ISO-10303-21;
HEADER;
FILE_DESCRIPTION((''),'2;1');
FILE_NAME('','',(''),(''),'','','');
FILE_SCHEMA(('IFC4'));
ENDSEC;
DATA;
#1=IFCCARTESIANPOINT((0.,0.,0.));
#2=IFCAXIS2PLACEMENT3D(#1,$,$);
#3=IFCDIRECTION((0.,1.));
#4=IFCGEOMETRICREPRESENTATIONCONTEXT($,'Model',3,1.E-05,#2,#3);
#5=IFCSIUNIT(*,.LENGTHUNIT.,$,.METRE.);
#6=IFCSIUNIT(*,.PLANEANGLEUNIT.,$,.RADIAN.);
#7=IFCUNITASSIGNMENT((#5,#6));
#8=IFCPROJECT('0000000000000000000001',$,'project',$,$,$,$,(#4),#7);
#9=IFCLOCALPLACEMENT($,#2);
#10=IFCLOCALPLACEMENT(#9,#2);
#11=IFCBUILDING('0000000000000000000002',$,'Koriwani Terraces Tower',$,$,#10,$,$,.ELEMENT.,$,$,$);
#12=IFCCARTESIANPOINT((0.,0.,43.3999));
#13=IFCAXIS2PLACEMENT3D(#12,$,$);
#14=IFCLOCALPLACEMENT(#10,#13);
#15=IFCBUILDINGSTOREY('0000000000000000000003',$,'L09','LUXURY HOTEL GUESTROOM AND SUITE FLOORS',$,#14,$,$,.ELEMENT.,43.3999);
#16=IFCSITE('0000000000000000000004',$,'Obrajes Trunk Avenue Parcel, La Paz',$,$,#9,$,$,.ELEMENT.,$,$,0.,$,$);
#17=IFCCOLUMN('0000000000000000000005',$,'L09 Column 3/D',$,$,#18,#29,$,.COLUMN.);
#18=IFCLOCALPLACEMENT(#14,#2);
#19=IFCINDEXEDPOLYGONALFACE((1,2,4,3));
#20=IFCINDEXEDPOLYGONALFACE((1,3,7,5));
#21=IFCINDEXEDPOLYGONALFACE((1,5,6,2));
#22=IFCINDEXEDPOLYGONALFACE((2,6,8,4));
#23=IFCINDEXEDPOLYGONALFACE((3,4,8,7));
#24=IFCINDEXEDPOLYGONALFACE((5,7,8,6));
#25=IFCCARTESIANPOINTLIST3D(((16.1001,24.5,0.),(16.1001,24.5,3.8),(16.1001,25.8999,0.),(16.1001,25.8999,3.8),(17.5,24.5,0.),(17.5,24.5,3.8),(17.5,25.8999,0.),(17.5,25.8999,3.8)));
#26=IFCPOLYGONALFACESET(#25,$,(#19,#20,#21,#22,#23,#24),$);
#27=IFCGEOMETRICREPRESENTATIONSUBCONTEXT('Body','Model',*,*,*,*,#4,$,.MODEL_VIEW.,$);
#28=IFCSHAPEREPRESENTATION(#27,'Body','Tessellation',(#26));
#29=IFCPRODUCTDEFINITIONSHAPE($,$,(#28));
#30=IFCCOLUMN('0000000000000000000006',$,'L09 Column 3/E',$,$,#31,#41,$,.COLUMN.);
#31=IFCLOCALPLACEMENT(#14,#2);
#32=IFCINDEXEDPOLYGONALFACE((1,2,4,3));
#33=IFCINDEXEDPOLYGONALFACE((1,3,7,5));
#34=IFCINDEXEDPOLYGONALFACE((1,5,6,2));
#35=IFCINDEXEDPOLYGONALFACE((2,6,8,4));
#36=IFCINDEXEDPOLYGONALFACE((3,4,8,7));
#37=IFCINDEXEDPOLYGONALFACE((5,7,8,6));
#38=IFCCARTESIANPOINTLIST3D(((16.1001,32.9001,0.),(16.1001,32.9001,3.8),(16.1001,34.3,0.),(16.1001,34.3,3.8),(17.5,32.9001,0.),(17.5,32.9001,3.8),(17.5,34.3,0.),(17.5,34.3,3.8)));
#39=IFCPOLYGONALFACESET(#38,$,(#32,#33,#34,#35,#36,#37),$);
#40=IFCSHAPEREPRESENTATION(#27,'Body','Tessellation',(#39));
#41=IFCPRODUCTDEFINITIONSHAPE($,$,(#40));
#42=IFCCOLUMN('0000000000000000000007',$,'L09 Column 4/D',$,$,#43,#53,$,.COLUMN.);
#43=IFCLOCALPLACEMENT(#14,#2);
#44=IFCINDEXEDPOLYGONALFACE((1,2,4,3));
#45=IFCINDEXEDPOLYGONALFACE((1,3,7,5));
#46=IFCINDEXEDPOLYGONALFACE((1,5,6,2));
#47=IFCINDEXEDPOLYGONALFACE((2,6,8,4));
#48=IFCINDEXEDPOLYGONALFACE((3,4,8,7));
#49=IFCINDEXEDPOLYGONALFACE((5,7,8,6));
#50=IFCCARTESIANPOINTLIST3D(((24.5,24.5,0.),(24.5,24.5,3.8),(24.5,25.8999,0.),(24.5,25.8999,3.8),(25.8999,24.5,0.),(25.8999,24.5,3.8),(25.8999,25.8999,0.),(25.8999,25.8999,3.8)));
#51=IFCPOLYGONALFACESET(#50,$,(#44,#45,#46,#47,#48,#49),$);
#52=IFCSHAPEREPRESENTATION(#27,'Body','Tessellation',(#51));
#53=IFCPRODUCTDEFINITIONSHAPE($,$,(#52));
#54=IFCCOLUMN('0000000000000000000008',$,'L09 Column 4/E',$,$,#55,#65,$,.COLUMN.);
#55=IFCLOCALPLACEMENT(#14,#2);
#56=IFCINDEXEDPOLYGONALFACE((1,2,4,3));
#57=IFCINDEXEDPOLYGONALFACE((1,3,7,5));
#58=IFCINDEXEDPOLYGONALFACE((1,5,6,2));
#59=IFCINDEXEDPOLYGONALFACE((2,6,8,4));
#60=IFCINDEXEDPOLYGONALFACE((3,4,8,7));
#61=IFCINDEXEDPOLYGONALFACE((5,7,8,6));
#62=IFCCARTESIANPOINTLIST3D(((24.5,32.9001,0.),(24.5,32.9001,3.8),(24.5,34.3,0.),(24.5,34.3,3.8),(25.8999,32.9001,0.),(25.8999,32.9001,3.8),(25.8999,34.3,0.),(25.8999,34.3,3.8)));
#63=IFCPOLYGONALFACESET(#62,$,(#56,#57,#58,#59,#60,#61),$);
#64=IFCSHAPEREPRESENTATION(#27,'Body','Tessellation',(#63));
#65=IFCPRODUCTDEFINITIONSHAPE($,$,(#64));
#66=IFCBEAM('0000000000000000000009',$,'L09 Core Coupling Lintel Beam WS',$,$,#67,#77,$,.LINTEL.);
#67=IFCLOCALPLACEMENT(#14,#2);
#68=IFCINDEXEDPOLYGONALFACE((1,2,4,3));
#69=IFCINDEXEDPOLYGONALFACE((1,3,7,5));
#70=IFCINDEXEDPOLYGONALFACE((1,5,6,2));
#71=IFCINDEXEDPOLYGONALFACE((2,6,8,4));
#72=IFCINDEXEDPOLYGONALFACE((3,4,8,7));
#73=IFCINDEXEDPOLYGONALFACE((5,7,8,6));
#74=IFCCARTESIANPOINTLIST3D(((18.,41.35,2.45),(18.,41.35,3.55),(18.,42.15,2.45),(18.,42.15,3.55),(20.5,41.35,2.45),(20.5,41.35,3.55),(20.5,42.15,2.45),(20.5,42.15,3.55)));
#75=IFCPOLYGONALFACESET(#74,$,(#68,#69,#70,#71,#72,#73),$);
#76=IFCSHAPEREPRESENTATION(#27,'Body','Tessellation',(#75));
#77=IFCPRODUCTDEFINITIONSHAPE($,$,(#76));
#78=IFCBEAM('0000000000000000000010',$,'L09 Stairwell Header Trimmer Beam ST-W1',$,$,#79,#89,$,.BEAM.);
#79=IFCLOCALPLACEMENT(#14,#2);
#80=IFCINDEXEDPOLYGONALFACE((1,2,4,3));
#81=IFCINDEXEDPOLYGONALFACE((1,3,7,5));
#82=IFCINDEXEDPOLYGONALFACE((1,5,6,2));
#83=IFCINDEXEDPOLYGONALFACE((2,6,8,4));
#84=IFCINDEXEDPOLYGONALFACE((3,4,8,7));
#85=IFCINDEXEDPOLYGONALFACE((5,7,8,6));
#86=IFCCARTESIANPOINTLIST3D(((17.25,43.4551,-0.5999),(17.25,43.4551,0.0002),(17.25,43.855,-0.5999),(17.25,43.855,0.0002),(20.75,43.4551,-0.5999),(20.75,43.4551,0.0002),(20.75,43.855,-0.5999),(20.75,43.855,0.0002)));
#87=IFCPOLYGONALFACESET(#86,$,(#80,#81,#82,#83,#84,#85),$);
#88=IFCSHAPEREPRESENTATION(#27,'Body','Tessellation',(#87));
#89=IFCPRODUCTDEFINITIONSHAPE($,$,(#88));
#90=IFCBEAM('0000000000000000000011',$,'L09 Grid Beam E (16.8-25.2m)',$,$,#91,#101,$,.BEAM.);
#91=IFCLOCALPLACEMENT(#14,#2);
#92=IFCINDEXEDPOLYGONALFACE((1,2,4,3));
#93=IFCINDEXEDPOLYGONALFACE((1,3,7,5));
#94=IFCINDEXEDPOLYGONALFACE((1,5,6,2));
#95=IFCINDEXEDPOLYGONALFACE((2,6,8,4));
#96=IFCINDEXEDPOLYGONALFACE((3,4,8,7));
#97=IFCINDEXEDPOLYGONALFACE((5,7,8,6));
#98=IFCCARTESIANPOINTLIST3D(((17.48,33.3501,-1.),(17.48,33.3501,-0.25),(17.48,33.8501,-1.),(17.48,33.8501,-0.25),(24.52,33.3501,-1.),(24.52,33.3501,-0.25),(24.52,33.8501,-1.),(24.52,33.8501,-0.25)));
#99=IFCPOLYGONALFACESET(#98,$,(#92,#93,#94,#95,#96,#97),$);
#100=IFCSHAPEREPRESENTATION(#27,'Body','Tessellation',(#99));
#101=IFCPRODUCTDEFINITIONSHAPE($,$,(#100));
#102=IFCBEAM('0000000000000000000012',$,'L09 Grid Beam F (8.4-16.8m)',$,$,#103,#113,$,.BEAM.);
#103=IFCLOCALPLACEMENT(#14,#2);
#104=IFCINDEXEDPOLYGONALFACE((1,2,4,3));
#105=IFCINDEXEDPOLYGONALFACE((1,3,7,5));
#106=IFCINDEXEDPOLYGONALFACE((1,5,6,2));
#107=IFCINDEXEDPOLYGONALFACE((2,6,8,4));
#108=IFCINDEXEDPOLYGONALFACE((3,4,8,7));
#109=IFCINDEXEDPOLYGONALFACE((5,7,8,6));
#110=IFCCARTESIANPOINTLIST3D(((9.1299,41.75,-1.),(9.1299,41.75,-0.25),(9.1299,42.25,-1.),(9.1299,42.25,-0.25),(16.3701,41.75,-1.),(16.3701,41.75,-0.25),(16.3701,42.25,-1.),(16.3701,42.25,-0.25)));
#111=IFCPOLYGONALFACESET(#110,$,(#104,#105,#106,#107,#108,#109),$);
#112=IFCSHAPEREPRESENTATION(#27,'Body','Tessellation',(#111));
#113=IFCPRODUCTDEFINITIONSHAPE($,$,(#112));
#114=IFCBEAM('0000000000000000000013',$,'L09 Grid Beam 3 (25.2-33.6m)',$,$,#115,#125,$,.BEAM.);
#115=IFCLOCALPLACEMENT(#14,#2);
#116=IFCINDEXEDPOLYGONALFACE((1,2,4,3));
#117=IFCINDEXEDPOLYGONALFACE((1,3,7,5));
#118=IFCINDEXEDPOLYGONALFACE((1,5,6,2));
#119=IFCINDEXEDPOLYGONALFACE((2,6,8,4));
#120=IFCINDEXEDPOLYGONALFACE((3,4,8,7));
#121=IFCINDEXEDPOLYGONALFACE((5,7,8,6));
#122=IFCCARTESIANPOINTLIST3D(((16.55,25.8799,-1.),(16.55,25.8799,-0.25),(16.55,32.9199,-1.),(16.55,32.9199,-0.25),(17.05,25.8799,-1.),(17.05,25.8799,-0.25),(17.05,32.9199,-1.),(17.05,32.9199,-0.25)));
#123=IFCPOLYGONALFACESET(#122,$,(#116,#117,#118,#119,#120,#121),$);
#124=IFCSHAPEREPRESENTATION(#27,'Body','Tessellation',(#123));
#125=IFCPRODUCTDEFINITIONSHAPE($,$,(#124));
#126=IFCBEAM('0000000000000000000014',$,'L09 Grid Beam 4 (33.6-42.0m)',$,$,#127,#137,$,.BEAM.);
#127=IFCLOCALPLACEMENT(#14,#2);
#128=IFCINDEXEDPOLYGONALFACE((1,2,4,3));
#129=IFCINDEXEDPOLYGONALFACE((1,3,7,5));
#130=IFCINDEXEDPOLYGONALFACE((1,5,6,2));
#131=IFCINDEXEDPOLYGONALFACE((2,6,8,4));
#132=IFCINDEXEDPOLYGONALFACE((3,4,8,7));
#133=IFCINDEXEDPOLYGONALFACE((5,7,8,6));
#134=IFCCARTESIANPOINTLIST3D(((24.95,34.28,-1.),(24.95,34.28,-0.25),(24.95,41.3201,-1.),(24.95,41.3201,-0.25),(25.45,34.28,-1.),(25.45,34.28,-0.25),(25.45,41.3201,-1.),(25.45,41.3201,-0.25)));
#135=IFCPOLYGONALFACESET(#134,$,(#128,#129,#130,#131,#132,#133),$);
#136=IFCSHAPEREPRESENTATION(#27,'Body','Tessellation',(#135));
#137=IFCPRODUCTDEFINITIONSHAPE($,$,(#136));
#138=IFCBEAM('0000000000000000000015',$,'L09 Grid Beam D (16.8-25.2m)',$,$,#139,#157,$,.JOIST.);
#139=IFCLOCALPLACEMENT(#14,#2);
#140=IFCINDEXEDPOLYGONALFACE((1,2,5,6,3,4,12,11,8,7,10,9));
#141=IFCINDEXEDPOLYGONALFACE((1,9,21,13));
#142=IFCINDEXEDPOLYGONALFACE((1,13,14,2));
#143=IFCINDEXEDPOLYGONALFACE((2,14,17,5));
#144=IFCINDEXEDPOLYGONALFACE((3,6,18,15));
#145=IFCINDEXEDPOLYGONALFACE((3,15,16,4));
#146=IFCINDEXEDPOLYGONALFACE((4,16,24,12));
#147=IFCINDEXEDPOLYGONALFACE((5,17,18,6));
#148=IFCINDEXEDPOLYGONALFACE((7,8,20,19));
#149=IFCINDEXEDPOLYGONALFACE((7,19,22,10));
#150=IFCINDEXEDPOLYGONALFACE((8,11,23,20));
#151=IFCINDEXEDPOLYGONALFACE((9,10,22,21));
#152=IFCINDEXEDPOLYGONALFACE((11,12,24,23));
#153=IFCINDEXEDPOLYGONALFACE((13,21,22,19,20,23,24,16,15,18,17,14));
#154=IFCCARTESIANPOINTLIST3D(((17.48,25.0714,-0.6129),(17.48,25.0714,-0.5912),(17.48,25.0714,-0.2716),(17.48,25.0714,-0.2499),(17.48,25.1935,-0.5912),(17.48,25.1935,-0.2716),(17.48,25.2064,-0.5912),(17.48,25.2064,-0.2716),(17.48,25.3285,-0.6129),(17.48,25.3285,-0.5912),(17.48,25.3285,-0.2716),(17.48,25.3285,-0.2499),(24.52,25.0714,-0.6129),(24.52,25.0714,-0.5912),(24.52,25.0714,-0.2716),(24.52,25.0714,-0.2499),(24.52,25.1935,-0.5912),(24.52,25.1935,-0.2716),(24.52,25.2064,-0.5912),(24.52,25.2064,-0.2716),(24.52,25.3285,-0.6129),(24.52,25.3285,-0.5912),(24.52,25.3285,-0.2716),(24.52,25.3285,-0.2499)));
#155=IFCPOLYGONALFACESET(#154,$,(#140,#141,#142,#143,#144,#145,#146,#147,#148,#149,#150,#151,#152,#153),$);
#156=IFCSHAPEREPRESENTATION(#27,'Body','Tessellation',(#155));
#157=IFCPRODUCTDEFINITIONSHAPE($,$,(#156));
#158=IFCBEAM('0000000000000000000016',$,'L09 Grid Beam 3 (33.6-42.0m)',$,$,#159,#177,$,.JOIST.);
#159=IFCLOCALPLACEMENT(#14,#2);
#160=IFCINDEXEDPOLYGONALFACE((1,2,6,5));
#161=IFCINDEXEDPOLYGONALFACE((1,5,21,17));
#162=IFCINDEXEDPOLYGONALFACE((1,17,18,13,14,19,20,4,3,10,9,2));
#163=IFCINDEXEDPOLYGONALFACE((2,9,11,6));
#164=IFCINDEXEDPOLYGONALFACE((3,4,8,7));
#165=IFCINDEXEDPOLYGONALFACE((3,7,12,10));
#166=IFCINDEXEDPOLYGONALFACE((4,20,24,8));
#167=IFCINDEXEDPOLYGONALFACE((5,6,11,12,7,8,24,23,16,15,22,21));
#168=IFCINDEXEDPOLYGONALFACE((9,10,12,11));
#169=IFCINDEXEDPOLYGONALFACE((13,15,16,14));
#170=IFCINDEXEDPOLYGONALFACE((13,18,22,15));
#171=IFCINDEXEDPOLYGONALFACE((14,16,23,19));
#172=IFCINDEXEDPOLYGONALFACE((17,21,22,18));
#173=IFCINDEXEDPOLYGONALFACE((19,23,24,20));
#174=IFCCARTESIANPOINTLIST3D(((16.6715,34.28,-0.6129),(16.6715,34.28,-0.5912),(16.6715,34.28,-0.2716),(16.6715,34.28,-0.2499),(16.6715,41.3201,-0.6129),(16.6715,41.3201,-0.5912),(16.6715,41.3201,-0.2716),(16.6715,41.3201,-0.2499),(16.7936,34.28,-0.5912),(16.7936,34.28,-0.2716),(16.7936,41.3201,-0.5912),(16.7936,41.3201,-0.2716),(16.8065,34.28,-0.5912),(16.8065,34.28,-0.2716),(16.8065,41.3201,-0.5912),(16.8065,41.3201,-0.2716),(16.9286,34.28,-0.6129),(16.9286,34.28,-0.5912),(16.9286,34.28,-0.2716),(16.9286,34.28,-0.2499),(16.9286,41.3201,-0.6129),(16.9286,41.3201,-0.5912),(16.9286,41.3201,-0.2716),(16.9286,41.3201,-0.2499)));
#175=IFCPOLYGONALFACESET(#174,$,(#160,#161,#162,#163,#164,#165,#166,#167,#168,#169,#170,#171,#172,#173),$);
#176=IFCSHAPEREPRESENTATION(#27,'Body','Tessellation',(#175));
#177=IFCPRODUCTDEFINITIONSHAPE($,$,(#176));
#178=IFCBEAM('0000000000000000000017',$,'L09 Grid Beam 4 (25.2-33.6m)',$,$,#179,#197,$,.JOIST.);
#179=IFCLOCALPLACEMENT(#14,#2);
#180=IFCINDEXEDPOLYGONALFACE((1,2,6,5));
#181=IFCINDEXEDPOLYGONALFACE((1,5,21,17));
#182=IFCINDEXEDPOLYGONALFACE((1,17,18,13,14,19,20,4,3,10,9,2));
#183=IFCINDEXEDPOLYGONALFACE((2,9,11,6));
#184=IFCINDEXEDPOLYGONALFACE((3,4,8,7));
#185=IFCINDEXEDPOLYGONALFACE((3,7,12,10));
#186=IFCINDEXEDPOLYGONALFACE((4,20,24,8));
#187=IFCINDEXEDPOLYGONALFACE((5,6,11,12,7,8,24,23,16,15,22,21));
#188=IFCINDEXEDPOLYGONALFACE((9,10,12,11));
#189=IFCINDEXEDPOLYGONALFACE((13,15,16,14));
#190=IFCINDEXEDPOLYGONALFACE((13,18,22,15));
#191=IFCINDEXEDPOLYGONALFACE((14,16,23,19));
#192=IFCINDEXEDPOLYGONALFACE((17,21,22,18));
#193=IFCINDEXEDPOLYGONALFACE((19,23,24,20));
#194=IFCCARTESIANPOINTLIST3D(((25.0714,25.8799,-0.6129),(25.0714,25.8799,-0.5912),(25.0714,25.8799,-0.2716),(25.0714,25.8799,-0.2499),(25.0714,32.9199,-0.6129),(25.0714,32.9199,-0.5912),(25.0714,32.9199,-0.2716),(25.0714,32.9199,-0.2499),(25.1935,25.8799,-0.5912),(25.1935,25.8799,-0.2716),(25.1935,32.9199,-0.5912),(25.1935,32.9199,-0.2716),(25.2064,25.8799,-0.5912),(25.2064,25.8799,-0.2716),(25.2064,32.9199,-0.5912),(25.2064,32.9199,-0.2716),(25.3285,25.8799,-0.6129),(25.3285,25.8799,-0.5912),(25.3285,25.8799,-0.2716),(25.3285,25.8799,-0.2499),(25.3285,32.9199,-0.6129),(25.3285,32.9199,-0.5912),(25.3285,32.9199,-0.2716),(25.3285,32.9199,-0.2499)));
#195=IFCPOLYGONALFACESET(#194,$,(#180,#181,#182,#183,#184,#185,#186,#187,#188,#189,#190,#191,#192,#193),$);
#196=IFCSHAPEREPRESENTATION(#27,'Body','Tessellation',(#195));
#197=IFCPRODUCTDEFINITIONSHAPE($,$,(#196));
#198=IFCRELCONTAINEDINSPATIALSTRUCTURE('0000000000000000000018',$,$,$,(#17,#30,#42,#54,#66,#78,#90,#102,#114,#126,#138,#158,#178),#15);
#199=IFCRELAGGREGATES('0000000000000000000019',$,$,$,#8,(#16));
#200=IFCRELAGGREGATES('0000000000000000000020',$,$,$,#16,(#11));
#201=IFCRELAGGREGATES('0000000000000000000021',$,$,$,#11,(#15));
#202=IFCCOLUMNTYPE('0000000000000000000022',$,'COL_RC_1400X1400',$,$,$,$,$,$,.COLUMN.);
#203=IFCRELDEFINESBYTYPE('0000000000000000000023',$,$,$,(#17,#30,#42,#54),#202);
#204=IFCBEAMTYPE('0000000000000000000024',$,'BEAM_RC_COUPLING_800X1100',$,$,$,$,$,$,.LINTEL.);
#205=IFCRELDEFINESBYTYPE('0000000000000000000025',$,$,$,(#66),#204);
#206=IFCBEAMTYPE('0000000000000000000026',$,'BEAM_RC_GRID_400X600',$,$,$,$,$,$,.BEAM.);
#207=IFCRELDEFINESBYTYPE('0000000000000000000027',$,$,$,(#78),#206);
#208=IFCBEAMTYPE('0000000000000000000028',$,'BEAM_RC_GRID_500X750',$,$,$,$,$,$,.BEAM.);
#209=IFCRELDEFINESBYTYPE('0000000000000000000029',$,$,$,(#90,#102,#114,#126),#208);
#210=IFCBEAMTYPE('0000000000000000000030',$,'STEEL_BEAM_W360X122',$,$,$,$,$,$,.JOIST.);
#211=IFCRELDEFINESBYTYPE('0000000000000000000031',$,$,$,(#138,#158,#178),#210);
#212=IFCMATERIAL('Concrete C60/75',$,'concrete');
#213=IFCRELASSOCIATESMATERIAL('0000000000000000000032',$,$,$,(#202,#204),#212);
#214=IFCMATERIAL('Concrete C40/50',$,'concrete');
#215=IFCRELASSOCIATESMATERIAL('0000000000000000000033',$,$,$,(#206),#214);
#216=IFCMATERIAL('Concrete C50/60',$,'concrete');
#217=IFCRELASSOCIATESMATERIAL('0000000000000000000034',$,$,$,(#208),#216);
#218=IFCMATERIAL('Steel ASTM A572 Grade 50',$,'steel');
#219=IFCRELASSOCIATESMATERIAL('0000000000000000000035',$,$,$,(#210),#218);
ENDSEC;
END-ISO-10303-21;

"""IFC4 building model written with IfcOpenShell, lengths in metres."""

from ifc_helpers import new_model, si_unit, direction, frame, origin, origin_2d, place, context, subcontext, project, spatial, rectangle, i_section, extrude, material, material_profile, profile_set, type_object, element, save


model = new_model("IFC4")

# Units and contexts
model_context = context("Model", 3, precision=1e-05, world=origin(), true_north=direction((0.0, 1.0)))
body_context = subcontext(model_context, "Body", "Model", "MODEL_VIEW")
ifc_project = project(units=[si_unit("LENGTHUNIT", "METRE"), si_unit("PLANEANGLEUNIT", "RADIAN")], contexts=[model_context])

# Site, building, storey
site_placement = place(None, origin())
site = spatial("IfcSite", under=ifc_project, at=site_placement, Name="Obrajes Trunk Avenue Parcel, La Paz", CompositionType="ELEMENT", RefElevation=0.0)
building_placement = place(site_placement, origin())
building = spatial("IfcBuilding", under=site, at=building_placement, Name="Koriwani Terraces Tower", CompositionType="ELEMENT")
storey_placement = place(building_placement, frame((0.0, 0.0, 43.3999)))
storey = spatial("IfcBuildingStorey", under=building, at=storey_placement, Name="L09", Description="LUXURY HOTEL GUESTROOM AND SUITE FLOORS", CompositionType="ELEMENT", Elevation=43.3999)

# Columns
ifc_material_1 = material(Name="Concrete C60/75", Category="concrete")
ifc_material_profile_1 = material_profile(ifc_material_1, rectangle(XDim=1.3999, YDim=1.3999, at=origin_2d()), Name="Concrete C60/75", Category="LoadBearing")
ifc_profile_set_1 = profile_set([ifc_material_profile_1], Name="Concrete C60/75")
column_type = type_object("IfcColumnType", Name="COL_RC_1400X1400", PredefinedType="COLUMN", material=ifc_profile_set_1)
for number, where, z_axis, x_axis, name in (
    (1, (16.8, 25.2, 0.0), (0.0, 0.0, 1.0), (1.0, 0.0, 0.0), "L09 Column 3/D"),
    (2, (16.8, 33.6001, 0.0), (0.0, 0.0, 1.0), (1.0, 0.0, 0.0), "L09 Column 3/E"),
    (3, (25.2, 25.2, 0.0), (0.0, 0.0, 1.0), (1.0, 0.0, 0.0), "L09 Column 4/D"),
    (4, (25.2, 33.6001, 0.0), (0.0, 0.0, 1.0), (1.0, 0.0, 0.0), "L09 Column 4/E"),
):
    element("IfcColumn", number, at=place(storey_placement, frame(where, z_axis=z_axis, x_axis=x_axis)), inside=storey, type_object=column_type, Name=name, PredefinedType="COLUMN", context=body_context, shape_type="SweptSolid", body=[
        extrude(rectangle(XDim=1.3999, YDim=1.3999, at=origin_2d()), origin(), (0.0, 0.0, 1.0), 3.8),
    ])

# Beams
ifc_material_profile_2 = material_profile(ifc_material_1, rectangle(XDim=0.8, YDim=1.1001, at=origin_2d()), Name="Concrete C60/75", Category="LoadBearing")
ifc_profile_set_2 = profile_set([ifc_material_profile_2], Name="Concrete C60/75")
beam_type_1 = type_object("IfcBeamType", Name="BEAM_RC_COUPLING_800X1100", PredefinedType="LINTEL", material=ifc_profile_set_2)
beam_1_placement = place(storey_placement, frame((18.0, 41.75, 3.0), z_axis=(1.0, 0.0, 0.0), x_axis=(0.0, 1.0, 0.0)))
element("IfcBeam", 5, at=beam_1_placement, inside=storey, type_object=beam_type_1, Name="L09 Core Coupling Lintel Beam WS", PredefinedType="LINTEL", context=body_context, shape_type="SweptSolid", body=[
    extrude(rectangle(XDim=0.8, YDim=1.1001, at=origin_2d()), origin(), (0.0, 0.0, 1.0), 2.5),
])
ifc_material_2 = material(Name="Concrete C40/50", Category="concrete")
ifc_material_profile_3 = material_profile(ifc_material_2, rectangle(XDim=0.3999, YDim=0.6001, at=origin_2d()), Name="Concrete C40/50", Category="LoadBearing")
ifc_profile_set_3 = profile_set([ifc_material_profile_3], Name="Concrete C40/50")
beam_type_2 = type_object("IfcBeamType", Name="BEAM_RC_GRID_400X600", PredefinedType="BEAM", material=ifc_profile_set_3)
beam_2_placement = place(storey_placement, frame((17.25, 43.655, -0.2998), z_axis=(1.0, 0.0, 0.0), x_axis=(0.0, 1.0, 0.0)))
element("IfcBeam", 6, at=beam_2_placement, inside=storey, type_object=beam_type_2, Name="L09 Stairwell Header Trimmer Beam ST-W1", PredefinedType="BEAM", context=body_context, shape_type="SweptSolid", body=[
    extrude(rectangle(XDim=0.3999, YDim=0.6001, at=origin_2d()), origin(), (0.0, 0.0, 1.0), 3.5),
])
ifc_material_3 = material(Name="Concrete C50/60", Category="concrete")
ifc_material_profile_4 = material_profile(ifc_material_3, rectangle(XDim=0.5, YDim=0.75, at=origin_2d()), Name="Concrete C50/60", Category="LoadBearing")
ifc_profile_set_4 = profile_set([ifc_material_profile_4], Name="Concrete C50/60")
beam_type_3 = type_object("IfcBeamType", Name="BEAM_RC_GRID_500X750", PredefinedType="BEAM", material=ifc_profile_set_4)
beam_3_placement = place(storey_placement, frame((17.48, 33.6001, -0.625), z_axis=(1.0, 0.0, 0.0), x_axis=(0.0, 1.0, 0.0)))
element("IfcBeam", 7, at=beam_3_placement, inside=storey, type_object=beam_type_3, Name="L09 Grid Beam E (16.8-25.2m)", PredefinedType="BEAM", context=body_context, shape_type="SweptSolid", body=[
    extrude(rectangle(XDim=0.5, YDim=0.75, at=origin_2d()), origin(), (0.0, 0.0, 1.0), 7.04),
])
beam_4_placement = place(storey_placement, frame((9.1299, 42.0, -0.625), z_axis=(1.0, 0.0, 0.0), x_axis=(0.0, 1.0, 0.0)))
element("IfcBeam", 8, at=beam_4_placement, inside=storey, type_object=beam_type_3, Name="L09 Grid Beam F (8.4-16.8m)", PredefinedType="BEAM", context=body_context, shape_type="SweptSolid", body=[
    extrude(rectangle(XDim=0.5, YDim=0.75, at=origin_2d()), origin(), (0.0, 0.0, 1.0), 7.2402),
])
for number, where, z_axis, x_axis, name in (
    (9, (16.8, 25.8799, -0.625), (0.0, 1.0, 0.0), (-1.0, 0.0, 0.0), "L09 Grid Beam 3 (25.2-33.6m)"),
    (10, (25.2, 34.28, -0.625), (0.0, 1.0, 0.0), (-1.0, 0.0, 0.0), "L09 Grid Beam 4 (33.6-42.0m)"),
):
    element("IfcBeam", number, at=place(storey_placement, frame(where, z_axis=z_axis, x_axis=x_axis)), inside=storey, type_object=beam_type_3, Name=name, PredefinedType="BEAM", context=body_context, shape_type="SweptSolid", body=[
        extrude(rectangle(XDim=0.5, YDim=0.75, at=origin_2d()), origin(), (0.0, 0.0, 1.0), 7.04),
    ])
ifc_material_4 = material(Name="Steel ASTM A572 Grade 50", Category="steel")
ifc_material_profile_5 = material_profile(ifc_material_4, i_section(OverallWidth=0.2571, OverallDepth=0.363, WebThickness=0.0129, FlangeThickness=0.0217, at=origin_2d()), Name="Steel ASTM A572 Grade 50", Category="LoadBearing")
ifc_profile_set_5 = profile_set([ifc_material_profile_5], Name="Steel ASTM A572 Grade 50")
beam_type_4 = type_object("IfcBeamType", Name="STEEL_BEAM_W360X122", PredefinedType="JOIST", material=ifc_profile_set_5)
for number, where, z_axis, x_axis, name in (
    (11, (17.48, 25.2, -0.4314), (1.0, 0.0, 0.0), (0.0, 1.0, 0.0), "L09 Grid Beam D (16.8-25.2m)"),
    (12, (16.8, 34.28, -0.4314), (0.0, 1.0, 0.0), (-1.0, 0.0, 0.0), "L09 Grid Beam 3 (33.6-42.0m)"),
    (13, (25.2, 25.8799, -0.4314), (0.0, 1.0, 0.0), (-1.0, 0.0, 0.0), "L09 Grid Beam 4 (25.2-33.6m)"),
):
    element("IfcBeam", number, at=place(storey_placement, frame(where, z_axis=z_axis, x_axis=x_axis)), inside=storey, type_object=beam_type_4, Name=name, PredefinedType="JOIST", context=body_context, shape_type="SweptSolid", body=[
        extrude(i_section(OverallWidth=0.2571, OverallDepth=0.363, WebThickness=0.0129, FlangeThickness=0.0217, at=origin_2d()), origin(), (0.0, 0.0, 1.0), 7.04),
    ])

save(model, "model.ifc")
